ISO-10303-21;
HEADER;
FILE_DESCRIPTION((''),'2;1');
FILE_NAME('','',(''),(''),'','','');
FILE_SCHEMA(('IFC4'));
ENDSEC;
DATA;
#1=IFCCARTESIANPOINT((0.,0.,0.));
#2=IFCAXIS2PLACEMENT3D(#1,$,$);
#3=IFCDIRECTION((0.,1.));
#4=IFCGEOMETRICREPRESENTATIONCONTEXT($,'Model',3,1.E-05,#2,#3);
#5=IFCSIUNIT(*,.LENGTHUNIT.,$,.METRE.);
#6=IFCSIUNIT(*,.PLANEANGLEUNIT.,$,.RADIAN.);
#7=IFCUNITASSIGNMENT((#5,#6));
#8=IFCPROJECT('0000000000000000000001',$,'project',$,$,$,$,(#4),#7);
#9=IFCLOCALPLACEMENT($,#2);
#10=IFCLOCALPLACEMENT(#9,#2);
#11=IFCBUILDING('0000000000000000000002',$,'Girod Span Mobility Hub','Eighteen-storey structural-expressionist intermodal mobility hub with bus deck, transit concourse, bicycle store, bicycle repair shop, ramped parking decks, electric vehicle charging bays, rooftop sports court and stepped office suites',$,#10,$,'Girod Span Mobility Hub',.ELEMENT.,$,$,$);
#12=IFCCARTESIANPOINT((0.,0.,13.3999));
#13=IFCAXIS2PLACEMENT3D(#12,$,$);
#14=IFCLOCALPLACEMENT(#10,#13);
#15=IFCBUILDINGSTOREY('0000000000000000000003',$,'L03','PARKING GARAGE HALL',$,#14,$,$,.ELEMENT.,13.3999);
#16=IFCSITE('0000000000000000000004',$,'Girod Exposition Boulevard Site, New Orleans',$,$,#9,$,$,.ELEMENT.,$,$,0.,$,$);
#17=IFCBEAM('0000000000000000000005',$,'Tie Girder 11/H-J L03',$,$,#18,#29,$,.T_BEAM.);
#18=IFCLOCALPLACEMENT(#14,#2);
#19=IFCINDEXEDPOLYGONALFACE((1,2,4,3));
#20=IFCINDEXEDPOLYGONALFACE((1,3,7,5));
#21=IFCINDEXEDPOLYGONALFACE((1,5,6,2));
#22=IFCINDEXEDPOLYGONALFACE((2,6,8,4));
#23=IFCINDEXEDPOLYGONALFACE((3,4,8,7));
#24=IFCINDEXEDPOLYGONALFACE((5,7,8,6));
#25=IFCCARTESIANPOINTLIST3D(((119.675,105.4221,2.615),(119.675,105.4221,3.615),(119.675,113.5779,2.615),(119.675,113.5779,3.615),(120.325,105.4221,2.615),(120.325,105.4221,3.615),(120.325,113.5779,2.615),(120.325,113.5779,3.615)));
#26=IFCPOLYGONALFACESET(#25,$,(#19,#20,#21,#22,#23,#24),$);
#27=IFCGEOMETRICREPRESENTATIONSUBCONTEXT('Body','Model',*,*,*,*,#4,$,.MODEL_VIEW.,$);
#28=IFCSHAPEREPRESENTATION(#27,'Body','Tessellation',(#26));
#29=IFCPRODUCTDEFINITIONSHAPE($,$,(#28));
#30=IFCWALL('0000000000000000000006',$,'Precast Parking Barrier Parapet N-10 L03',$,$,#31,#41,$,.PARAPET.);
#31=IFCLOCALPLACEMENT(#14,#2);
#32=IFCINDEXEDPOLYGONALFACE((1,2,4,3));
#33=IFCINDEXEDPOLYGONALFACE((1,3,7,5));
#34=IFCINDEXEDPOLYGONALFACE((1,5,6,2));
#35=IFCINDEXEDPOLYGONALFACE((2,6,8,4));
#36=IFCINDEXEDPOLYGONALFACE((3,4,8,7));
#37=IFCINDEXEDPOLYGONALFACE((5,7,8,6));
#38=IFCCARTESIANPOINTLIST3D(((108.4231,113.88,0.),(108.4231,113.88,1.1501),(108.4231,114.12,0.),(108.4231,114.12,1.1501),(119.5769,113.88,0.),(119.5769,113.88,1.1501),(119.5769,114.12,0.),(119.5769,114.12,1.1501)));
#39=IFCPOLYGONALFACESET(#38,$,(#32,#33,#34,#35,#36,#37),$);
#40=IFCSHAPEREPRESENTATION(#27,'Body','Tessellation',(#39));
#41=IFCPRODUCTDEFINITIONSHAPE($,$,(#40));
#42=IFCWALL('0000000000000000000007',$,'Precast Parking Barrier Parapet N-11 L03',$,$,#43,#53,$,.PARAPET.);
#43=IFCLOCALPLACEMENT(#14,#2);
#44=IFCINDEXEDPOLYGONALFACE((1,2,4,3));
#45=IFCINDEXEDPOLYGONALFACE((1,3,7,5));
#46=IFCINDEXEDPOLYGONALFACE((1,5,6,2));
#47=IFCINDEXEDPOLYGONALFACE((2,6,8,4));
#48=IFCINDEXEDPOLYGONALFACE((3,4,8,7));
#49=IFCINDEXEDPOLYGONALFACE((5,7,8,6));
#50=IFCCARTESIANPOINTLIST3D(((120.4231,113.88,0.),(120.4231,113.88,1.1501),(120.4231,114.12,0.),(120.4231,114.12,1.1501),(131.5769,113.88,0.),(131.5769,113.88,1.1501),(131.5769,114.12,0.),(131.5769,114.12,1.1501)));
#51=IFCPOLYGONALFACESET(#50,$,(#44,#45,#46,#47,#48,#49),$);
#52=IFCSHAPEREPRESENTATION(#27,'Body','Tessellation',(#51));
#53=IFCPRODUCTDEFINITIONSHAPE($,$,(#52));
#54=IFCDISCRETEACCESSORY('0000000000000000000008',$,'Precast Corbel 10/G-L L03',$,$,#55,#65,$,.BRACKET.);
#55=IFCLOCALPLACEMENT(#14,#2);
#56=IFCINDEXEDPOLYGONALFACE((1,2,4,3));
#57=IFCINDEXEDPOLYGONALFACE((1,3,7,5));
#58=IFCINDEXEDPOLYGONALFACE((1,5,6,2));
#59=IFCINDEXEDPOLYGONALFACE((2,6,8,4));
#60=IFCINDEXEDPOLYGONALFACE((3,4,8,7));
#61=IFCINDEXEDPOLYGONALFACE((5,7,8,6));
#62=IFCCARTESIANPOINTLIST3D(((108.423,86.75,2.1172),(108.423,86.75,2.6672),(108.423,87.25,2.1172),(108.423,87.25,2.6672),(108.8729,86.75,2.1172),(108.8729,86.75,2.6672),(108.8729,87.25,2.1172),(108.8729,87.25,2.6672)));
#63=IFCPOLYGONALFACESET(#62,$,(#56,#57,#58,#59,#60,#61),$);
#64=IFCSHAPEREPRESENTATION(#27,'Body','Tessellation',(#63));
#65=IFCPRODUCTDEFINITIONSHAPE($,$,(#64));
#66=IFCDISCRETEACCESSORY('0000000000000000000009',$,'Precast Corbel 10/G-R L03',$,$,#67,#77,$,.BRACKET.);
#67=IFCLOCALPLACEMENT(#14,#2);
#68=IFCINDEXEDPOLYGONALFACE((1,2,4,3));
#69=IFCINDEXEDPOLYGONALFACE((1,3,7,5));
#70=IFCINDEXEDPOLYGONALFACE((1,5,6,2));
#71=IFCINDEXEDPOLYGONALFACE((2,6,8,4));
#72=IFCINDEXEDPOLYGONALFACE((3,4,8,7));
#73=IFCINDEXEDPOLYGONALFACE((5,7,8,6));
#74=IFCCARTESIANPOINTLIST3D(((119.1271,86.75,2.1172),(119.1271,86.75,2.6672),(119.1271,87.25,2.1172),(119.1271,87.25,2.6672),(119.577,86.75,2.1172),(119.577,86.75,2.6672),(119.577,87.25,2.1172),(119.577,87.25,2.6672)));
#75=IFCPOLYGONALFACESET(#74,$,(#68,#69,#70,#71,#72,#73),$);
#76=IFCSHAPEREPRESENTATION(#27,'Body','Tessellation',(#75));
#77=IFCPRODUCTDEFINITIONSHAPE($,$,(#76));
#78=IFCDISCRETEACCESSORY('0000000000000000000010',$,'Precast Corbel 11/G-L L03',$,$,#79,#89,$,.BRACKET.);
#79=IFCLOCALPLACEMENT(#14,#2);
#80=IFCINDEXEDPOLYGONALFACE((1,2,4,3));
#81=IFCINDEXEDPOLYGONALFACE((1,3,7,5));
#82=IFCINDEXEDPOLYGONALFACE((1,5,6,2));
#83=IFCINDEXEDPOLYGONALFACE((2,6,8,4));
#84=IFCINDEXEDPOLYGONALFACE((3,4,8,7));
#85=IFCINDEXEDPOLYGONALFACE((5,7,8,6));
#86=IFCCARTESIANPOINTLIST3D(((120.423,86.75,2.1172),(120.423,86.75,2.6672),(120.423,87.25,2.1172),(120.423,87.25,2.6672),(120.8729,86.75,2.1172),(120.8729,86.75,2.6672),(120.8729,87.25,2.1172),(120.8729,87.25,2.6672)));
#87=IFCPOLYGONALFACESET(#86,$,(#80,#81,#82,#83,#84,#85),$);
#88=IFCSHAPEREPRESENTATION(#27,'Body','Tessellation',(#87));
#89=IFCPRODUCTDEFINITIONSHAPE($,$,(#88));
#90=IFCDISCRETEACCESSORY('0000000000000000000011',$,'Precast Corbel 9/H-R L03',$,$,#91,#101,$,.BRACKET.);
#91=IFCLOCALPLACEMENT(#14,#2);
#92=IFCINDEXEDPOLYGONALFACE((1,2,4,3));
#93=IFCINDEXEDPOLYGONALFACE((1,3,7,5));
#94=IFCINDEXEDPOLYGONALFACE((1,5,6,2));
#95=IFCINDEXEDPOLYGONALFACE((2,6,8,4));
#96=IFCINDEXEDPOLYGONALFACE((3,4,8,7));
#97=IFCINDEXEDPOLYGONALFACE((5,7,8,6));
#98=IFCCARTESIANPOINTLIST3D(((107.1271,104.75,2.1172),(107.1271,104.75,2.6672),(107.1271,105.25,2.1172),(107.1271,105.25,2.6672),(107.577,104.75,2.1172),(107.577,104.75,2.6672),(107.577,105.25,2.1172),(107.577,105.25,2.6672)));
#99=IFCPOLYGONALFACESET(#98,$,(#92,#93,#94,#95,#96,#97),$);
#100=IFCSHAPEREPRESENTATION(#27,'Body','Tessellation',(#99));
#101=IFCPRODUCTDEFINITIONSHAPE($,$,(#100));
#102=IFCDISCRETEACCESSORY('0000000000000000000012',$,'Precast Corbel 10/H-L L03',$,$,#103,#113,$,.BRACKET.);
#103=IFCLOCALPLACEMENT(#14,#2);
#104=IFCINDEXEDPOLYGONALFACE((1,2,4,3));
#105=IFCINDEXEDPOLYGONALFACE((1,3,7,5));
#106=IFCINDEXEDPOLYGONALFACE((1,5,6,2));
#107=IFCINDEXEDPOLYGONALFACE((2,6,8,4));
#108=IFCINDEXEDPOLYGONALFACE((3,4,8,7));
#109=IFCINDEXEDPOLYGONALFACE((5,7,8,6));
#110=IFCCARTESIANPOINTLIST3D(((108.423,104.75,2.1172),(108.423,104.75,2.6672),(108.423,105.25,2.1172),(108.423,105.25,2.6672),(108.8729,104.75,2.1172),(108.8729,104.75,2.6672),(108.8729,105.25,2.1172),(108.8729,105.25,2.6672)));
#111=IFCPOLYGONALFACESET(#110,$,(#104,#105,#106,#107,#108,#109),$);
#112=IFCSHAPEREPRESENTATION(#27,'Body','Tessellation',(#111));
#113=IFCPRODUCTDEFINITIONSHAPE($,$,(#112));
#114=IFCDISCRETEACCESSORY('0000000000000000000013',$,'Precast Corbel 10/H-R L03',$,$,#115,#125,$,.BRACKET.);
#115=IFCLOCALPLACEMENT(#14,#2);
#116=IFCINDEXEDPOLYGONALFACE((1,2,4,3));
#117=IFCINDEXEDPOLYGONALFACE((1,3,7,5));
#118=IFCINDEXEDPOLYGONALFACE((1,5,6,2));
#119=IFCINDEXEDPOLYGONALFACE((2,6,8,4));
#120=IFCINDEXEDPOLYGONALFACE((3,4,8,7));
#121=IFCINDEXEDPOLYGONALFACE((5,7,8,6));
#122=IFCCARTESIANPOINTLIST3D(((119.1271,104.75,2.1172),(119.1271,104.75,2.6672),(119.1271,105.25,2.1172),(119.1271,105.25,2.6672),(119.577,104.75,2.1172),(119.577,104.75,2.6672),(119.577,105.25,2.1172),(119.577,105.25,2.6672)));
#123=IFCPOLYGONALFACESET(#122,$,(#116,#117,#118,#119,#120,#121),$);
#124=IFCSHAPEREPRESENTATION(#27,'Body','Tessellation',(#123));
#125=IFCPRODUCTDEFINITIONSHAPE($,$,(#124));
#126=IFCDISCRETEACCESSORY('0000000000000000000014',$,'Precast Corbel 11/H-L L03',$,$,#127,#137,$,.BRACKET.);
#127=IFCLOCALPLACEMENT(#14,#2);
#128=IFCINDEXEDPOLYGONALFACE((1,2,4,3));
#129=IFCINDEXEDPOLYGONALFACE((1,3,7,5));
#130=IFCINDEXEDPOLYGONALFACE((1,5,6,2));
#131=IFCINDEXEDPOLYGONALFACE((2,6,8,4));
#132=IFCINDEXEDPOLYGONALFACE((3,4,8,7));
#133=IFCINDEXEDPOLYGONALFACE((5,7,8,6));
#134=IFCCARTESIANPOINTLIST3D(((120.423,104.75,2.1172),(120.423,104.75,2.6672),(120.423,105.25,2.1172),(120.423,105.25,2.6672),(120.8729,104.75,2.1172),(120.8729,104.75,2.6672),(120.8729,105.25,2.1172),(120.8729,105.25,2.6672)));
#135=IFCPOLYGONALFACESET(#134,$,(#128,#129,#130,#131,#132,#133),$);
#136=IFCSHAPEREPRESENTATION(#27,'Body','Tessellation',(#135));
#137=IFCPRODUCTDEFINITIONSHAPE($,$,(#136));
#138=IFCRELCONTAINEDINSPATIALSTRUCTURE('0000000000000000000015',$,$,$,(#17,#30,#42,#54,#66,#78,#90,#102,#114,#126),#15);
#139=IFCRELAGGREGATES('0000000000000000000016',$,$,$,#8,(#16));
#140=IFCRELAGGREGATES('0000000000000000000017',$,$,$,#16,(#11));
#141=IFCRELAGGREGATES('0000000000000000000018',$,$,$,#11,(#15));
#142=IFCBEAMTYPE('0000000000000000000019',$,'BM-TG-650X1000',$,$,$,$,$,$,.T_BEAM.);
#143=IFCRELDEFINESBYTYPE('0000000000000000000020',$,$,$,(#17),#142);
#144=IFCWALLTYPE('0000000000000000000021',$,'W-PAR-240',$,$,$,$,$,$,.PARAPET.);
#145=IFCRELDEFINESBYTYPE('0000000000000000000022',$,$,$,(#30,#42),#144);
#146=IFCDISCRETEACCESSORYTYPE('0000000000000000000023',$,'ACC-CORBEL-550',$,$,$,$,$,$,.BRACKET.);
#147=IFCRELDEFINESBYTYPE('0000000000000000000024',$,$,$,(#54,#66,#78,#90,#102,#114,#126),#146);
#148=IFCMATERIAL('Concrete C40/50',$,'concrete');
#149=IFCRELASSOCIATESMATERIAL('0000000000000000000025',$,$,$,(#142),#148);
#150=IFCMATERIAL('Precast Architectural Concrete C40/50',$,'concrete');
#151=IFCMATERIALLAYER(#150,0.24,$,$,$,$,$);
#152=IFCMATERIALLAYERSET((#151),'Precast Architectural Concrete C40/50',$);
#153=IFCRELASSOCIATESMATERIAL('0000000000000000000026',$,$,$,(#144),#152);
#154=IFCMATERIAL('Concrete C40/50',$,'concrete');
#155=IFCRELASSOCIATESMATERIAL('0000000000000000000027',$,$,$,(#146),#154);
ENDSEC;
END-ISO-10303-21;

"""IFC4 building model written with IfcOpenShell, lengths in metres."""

from ifc_helpers import new_model, si_unit, direction, frame, frame_2d, origin, origin_2d, place, context, subcontext, project, spatial, rectangle, extrude, material, layer, layer_set, material_profile, profile_set, type_object, element, save


model = new_model("IFC4")

# Units and contexts
model_context = context("Model", 3, precision=1e-05, world=origin(), true_north=direction((0.0, 1.0)))
body_context = subcontext(model_context, "Body", "Model", "MODEL_VIEW")
ifc_project = project(units=[si_unit("LENGTHUNIT", "METRE"), si_unit("PLANEANGLEUNIT", "RADIAN")], contexts=[model_context])

# Site, building, storey
site_placement = place(None, origin())
site = spatial("IfcSite", under=ifc_project, at=site_placement, Name="Girod Exposition Boulevard Site, New Orleans", CompositionType="ELEMENT", RefElevation=0.0)
building_placement = place(site_placement, origin())
building = spatial("IfcBuilding", under=site, at=building_placement, Name="Girod Span Mobility Hub", Description="Eighteen-storey structural-expressionist intermodal mobility hub with bus deck, transit concourse, bicycle store, bicycle repair shop, ramped parking decks, electric vehicle charging bays, rooftop sports court and stepped office suites", LongName="Girod Span Mobility Hub", CompositionType="ELEMENT")
storey_placement = place(building_placement, frame((0.0, 0.0, 13.3999)))
storey = spatial("IfcBuildingStorey", under=building, at=storey_placement, Name="L03", Description="PARKING GARAGE HALL", CompositionType="ELEMENT", Elevation=13.3999)

# Beam
ifc_material_1 = material(Name="Concrete C40/50", Category="concrete")
ifc_material_profile_1 = material_profile(ifc_material_1, rectangle(XDim=0.6499, YDim=1.0, at=origin_2d()), Name="TG-650X1000")
ifc_profile_set_1 = profile_set([ifc_material_profile_1], Name="Concrete C40/50")
beam_type_1 = type_object("IfcBeamType", Name="BM-TG-650X1000", PredefinedType="T_BEAM", material=ifc_profile_set_1)
beam_1_placement = place(storey_placement, frame((120.0, 105.4221, 3.115), z_axis=(0.0, 1.0, 0.0), x_axis=(-1.0, 0.0, 0.0)))
element("IfcBeam", 1, at=beam_1_placement, inside=storey, type_object=beam_type_1, Name="Tie Girder 11/H-J L03", PredefinedType="T_BEAM", context=body_context, shape_type="SweptSolid", body=[
    extrude(rectangle(XDim=0.6499, YDim=1.0, at=origin_2d()), origin(), (0.0, 0.0, 1.0), 8.1558),
])

# Walls
ifc_material_2 = material(Name="Precast Architectural Concrete C40/50", Category="concrete")
ifc_layer = layer(ifc_material_2, 0.24)
ifc_layer_set = layer_set([ifc_layer], Name="Precast Architectural Concrete C40/50")
wall_type = type_object("IfcWallType", Name="W-PAR-240", PredefinedType="PARAPET", material=ifc_layer_set)
for number, where, z_axis, x_axis, name in (
    (2, (108.4231, 114.0, 0.0), (0.0, 0.0, 1.0), (1.0, 0.0, 0.0), "Precast Parking Barrier Parapet N-10 L03"),
    (3, (120.4231, 114.0, 0.0), (0.0, 0.0, 1.0), (1.0, 0.0, 0.0), "Precast Parking Barrier Parapet N-11 L03"),
):
    element("IfcWall", number, at=place(storey_placement, frame(where, z_axis=z_axis, x_axis=x_axis)), inside=storey, type_object=wall_type, Name=name, PredefinedType="PARAPET", context=body_context, shape_type="SweptSolid", body=[
        extrude(rectangle(XDim=11.1538, YDim=0.24, at=frame_2d((5.5769, 0.0))), origin(), (0.0, 0.0, 1.0), 1.1501),
    ])

# Discrete accessories
ifc_material_3 = material(Name="Concrete C40/50", Category="concrete")
discrete_accessory_type = type_object("IfcDiscreteAccessoryType", Name="ACC-CORBEL-550", PredefinedType="BRACKET", material=ifc_material_3)
for number, where, z_axis, x_axis, name in (
    (4, (108.6479, 87.0, 2.1172), (0.0, 0.0, 1.0), (1.0, 0.0, 0.0), "Precast Corbel 10/G-L L03"),
    (5, (119.3521, 87.0, 2.1172), (0.0, 0.0, 1.0), (1.0, 0.0, 0.0), "Precast Corbel 10/G-R L03"),
    (6, (120.6479, 87.0, 2.1172), (0.0, 0.0, 1.0), (1.0, 0.0, 0.0), "Precast Corbel 11/G-L L03"),
    (7, (107.3521, 105.0, 2.1172), (0.0, 0.0, 1.0), (1.0, 0.0, 0.0), "Precast Corbel 9/H-R L03"),
    (8, (108.6479, 105.0, 2.1172), (0.0, 0.0, 1.0), (1.0, 0.0, 0.0), "Precast Corbel 10/H-L L03"),
    (9, (119.3521, 105.0, 2.1172), (0.0, 0.0, 1.0), (1.0, 0.0, 0.0), "Precast Corbel 10/H-R L03"),
    (10, (120.6479, 105.0, 2.1172), (0.0, 0.0, 1.0), (1.0, 0.0, 0.0), "Precast Corbel 11/H-L L03"),
):
    element("IfcDiscreteAccessory", number, at=place(storey_placement, frame(where, z_axis=z_axis, x_axis=x_axis)), inside=storey, type_object=discrete_accessory_type, Name=name, PredefinedType="BRACKET", context=body_context, shape_type="SweptSolid", body=[
        extrude(rectangle(XDim=0.45, YDim=0.5, at=origin_2d()), origin(), (0.0, 0.0, 1.0), 0.55),
    ])

save(model, "model.ifc")
